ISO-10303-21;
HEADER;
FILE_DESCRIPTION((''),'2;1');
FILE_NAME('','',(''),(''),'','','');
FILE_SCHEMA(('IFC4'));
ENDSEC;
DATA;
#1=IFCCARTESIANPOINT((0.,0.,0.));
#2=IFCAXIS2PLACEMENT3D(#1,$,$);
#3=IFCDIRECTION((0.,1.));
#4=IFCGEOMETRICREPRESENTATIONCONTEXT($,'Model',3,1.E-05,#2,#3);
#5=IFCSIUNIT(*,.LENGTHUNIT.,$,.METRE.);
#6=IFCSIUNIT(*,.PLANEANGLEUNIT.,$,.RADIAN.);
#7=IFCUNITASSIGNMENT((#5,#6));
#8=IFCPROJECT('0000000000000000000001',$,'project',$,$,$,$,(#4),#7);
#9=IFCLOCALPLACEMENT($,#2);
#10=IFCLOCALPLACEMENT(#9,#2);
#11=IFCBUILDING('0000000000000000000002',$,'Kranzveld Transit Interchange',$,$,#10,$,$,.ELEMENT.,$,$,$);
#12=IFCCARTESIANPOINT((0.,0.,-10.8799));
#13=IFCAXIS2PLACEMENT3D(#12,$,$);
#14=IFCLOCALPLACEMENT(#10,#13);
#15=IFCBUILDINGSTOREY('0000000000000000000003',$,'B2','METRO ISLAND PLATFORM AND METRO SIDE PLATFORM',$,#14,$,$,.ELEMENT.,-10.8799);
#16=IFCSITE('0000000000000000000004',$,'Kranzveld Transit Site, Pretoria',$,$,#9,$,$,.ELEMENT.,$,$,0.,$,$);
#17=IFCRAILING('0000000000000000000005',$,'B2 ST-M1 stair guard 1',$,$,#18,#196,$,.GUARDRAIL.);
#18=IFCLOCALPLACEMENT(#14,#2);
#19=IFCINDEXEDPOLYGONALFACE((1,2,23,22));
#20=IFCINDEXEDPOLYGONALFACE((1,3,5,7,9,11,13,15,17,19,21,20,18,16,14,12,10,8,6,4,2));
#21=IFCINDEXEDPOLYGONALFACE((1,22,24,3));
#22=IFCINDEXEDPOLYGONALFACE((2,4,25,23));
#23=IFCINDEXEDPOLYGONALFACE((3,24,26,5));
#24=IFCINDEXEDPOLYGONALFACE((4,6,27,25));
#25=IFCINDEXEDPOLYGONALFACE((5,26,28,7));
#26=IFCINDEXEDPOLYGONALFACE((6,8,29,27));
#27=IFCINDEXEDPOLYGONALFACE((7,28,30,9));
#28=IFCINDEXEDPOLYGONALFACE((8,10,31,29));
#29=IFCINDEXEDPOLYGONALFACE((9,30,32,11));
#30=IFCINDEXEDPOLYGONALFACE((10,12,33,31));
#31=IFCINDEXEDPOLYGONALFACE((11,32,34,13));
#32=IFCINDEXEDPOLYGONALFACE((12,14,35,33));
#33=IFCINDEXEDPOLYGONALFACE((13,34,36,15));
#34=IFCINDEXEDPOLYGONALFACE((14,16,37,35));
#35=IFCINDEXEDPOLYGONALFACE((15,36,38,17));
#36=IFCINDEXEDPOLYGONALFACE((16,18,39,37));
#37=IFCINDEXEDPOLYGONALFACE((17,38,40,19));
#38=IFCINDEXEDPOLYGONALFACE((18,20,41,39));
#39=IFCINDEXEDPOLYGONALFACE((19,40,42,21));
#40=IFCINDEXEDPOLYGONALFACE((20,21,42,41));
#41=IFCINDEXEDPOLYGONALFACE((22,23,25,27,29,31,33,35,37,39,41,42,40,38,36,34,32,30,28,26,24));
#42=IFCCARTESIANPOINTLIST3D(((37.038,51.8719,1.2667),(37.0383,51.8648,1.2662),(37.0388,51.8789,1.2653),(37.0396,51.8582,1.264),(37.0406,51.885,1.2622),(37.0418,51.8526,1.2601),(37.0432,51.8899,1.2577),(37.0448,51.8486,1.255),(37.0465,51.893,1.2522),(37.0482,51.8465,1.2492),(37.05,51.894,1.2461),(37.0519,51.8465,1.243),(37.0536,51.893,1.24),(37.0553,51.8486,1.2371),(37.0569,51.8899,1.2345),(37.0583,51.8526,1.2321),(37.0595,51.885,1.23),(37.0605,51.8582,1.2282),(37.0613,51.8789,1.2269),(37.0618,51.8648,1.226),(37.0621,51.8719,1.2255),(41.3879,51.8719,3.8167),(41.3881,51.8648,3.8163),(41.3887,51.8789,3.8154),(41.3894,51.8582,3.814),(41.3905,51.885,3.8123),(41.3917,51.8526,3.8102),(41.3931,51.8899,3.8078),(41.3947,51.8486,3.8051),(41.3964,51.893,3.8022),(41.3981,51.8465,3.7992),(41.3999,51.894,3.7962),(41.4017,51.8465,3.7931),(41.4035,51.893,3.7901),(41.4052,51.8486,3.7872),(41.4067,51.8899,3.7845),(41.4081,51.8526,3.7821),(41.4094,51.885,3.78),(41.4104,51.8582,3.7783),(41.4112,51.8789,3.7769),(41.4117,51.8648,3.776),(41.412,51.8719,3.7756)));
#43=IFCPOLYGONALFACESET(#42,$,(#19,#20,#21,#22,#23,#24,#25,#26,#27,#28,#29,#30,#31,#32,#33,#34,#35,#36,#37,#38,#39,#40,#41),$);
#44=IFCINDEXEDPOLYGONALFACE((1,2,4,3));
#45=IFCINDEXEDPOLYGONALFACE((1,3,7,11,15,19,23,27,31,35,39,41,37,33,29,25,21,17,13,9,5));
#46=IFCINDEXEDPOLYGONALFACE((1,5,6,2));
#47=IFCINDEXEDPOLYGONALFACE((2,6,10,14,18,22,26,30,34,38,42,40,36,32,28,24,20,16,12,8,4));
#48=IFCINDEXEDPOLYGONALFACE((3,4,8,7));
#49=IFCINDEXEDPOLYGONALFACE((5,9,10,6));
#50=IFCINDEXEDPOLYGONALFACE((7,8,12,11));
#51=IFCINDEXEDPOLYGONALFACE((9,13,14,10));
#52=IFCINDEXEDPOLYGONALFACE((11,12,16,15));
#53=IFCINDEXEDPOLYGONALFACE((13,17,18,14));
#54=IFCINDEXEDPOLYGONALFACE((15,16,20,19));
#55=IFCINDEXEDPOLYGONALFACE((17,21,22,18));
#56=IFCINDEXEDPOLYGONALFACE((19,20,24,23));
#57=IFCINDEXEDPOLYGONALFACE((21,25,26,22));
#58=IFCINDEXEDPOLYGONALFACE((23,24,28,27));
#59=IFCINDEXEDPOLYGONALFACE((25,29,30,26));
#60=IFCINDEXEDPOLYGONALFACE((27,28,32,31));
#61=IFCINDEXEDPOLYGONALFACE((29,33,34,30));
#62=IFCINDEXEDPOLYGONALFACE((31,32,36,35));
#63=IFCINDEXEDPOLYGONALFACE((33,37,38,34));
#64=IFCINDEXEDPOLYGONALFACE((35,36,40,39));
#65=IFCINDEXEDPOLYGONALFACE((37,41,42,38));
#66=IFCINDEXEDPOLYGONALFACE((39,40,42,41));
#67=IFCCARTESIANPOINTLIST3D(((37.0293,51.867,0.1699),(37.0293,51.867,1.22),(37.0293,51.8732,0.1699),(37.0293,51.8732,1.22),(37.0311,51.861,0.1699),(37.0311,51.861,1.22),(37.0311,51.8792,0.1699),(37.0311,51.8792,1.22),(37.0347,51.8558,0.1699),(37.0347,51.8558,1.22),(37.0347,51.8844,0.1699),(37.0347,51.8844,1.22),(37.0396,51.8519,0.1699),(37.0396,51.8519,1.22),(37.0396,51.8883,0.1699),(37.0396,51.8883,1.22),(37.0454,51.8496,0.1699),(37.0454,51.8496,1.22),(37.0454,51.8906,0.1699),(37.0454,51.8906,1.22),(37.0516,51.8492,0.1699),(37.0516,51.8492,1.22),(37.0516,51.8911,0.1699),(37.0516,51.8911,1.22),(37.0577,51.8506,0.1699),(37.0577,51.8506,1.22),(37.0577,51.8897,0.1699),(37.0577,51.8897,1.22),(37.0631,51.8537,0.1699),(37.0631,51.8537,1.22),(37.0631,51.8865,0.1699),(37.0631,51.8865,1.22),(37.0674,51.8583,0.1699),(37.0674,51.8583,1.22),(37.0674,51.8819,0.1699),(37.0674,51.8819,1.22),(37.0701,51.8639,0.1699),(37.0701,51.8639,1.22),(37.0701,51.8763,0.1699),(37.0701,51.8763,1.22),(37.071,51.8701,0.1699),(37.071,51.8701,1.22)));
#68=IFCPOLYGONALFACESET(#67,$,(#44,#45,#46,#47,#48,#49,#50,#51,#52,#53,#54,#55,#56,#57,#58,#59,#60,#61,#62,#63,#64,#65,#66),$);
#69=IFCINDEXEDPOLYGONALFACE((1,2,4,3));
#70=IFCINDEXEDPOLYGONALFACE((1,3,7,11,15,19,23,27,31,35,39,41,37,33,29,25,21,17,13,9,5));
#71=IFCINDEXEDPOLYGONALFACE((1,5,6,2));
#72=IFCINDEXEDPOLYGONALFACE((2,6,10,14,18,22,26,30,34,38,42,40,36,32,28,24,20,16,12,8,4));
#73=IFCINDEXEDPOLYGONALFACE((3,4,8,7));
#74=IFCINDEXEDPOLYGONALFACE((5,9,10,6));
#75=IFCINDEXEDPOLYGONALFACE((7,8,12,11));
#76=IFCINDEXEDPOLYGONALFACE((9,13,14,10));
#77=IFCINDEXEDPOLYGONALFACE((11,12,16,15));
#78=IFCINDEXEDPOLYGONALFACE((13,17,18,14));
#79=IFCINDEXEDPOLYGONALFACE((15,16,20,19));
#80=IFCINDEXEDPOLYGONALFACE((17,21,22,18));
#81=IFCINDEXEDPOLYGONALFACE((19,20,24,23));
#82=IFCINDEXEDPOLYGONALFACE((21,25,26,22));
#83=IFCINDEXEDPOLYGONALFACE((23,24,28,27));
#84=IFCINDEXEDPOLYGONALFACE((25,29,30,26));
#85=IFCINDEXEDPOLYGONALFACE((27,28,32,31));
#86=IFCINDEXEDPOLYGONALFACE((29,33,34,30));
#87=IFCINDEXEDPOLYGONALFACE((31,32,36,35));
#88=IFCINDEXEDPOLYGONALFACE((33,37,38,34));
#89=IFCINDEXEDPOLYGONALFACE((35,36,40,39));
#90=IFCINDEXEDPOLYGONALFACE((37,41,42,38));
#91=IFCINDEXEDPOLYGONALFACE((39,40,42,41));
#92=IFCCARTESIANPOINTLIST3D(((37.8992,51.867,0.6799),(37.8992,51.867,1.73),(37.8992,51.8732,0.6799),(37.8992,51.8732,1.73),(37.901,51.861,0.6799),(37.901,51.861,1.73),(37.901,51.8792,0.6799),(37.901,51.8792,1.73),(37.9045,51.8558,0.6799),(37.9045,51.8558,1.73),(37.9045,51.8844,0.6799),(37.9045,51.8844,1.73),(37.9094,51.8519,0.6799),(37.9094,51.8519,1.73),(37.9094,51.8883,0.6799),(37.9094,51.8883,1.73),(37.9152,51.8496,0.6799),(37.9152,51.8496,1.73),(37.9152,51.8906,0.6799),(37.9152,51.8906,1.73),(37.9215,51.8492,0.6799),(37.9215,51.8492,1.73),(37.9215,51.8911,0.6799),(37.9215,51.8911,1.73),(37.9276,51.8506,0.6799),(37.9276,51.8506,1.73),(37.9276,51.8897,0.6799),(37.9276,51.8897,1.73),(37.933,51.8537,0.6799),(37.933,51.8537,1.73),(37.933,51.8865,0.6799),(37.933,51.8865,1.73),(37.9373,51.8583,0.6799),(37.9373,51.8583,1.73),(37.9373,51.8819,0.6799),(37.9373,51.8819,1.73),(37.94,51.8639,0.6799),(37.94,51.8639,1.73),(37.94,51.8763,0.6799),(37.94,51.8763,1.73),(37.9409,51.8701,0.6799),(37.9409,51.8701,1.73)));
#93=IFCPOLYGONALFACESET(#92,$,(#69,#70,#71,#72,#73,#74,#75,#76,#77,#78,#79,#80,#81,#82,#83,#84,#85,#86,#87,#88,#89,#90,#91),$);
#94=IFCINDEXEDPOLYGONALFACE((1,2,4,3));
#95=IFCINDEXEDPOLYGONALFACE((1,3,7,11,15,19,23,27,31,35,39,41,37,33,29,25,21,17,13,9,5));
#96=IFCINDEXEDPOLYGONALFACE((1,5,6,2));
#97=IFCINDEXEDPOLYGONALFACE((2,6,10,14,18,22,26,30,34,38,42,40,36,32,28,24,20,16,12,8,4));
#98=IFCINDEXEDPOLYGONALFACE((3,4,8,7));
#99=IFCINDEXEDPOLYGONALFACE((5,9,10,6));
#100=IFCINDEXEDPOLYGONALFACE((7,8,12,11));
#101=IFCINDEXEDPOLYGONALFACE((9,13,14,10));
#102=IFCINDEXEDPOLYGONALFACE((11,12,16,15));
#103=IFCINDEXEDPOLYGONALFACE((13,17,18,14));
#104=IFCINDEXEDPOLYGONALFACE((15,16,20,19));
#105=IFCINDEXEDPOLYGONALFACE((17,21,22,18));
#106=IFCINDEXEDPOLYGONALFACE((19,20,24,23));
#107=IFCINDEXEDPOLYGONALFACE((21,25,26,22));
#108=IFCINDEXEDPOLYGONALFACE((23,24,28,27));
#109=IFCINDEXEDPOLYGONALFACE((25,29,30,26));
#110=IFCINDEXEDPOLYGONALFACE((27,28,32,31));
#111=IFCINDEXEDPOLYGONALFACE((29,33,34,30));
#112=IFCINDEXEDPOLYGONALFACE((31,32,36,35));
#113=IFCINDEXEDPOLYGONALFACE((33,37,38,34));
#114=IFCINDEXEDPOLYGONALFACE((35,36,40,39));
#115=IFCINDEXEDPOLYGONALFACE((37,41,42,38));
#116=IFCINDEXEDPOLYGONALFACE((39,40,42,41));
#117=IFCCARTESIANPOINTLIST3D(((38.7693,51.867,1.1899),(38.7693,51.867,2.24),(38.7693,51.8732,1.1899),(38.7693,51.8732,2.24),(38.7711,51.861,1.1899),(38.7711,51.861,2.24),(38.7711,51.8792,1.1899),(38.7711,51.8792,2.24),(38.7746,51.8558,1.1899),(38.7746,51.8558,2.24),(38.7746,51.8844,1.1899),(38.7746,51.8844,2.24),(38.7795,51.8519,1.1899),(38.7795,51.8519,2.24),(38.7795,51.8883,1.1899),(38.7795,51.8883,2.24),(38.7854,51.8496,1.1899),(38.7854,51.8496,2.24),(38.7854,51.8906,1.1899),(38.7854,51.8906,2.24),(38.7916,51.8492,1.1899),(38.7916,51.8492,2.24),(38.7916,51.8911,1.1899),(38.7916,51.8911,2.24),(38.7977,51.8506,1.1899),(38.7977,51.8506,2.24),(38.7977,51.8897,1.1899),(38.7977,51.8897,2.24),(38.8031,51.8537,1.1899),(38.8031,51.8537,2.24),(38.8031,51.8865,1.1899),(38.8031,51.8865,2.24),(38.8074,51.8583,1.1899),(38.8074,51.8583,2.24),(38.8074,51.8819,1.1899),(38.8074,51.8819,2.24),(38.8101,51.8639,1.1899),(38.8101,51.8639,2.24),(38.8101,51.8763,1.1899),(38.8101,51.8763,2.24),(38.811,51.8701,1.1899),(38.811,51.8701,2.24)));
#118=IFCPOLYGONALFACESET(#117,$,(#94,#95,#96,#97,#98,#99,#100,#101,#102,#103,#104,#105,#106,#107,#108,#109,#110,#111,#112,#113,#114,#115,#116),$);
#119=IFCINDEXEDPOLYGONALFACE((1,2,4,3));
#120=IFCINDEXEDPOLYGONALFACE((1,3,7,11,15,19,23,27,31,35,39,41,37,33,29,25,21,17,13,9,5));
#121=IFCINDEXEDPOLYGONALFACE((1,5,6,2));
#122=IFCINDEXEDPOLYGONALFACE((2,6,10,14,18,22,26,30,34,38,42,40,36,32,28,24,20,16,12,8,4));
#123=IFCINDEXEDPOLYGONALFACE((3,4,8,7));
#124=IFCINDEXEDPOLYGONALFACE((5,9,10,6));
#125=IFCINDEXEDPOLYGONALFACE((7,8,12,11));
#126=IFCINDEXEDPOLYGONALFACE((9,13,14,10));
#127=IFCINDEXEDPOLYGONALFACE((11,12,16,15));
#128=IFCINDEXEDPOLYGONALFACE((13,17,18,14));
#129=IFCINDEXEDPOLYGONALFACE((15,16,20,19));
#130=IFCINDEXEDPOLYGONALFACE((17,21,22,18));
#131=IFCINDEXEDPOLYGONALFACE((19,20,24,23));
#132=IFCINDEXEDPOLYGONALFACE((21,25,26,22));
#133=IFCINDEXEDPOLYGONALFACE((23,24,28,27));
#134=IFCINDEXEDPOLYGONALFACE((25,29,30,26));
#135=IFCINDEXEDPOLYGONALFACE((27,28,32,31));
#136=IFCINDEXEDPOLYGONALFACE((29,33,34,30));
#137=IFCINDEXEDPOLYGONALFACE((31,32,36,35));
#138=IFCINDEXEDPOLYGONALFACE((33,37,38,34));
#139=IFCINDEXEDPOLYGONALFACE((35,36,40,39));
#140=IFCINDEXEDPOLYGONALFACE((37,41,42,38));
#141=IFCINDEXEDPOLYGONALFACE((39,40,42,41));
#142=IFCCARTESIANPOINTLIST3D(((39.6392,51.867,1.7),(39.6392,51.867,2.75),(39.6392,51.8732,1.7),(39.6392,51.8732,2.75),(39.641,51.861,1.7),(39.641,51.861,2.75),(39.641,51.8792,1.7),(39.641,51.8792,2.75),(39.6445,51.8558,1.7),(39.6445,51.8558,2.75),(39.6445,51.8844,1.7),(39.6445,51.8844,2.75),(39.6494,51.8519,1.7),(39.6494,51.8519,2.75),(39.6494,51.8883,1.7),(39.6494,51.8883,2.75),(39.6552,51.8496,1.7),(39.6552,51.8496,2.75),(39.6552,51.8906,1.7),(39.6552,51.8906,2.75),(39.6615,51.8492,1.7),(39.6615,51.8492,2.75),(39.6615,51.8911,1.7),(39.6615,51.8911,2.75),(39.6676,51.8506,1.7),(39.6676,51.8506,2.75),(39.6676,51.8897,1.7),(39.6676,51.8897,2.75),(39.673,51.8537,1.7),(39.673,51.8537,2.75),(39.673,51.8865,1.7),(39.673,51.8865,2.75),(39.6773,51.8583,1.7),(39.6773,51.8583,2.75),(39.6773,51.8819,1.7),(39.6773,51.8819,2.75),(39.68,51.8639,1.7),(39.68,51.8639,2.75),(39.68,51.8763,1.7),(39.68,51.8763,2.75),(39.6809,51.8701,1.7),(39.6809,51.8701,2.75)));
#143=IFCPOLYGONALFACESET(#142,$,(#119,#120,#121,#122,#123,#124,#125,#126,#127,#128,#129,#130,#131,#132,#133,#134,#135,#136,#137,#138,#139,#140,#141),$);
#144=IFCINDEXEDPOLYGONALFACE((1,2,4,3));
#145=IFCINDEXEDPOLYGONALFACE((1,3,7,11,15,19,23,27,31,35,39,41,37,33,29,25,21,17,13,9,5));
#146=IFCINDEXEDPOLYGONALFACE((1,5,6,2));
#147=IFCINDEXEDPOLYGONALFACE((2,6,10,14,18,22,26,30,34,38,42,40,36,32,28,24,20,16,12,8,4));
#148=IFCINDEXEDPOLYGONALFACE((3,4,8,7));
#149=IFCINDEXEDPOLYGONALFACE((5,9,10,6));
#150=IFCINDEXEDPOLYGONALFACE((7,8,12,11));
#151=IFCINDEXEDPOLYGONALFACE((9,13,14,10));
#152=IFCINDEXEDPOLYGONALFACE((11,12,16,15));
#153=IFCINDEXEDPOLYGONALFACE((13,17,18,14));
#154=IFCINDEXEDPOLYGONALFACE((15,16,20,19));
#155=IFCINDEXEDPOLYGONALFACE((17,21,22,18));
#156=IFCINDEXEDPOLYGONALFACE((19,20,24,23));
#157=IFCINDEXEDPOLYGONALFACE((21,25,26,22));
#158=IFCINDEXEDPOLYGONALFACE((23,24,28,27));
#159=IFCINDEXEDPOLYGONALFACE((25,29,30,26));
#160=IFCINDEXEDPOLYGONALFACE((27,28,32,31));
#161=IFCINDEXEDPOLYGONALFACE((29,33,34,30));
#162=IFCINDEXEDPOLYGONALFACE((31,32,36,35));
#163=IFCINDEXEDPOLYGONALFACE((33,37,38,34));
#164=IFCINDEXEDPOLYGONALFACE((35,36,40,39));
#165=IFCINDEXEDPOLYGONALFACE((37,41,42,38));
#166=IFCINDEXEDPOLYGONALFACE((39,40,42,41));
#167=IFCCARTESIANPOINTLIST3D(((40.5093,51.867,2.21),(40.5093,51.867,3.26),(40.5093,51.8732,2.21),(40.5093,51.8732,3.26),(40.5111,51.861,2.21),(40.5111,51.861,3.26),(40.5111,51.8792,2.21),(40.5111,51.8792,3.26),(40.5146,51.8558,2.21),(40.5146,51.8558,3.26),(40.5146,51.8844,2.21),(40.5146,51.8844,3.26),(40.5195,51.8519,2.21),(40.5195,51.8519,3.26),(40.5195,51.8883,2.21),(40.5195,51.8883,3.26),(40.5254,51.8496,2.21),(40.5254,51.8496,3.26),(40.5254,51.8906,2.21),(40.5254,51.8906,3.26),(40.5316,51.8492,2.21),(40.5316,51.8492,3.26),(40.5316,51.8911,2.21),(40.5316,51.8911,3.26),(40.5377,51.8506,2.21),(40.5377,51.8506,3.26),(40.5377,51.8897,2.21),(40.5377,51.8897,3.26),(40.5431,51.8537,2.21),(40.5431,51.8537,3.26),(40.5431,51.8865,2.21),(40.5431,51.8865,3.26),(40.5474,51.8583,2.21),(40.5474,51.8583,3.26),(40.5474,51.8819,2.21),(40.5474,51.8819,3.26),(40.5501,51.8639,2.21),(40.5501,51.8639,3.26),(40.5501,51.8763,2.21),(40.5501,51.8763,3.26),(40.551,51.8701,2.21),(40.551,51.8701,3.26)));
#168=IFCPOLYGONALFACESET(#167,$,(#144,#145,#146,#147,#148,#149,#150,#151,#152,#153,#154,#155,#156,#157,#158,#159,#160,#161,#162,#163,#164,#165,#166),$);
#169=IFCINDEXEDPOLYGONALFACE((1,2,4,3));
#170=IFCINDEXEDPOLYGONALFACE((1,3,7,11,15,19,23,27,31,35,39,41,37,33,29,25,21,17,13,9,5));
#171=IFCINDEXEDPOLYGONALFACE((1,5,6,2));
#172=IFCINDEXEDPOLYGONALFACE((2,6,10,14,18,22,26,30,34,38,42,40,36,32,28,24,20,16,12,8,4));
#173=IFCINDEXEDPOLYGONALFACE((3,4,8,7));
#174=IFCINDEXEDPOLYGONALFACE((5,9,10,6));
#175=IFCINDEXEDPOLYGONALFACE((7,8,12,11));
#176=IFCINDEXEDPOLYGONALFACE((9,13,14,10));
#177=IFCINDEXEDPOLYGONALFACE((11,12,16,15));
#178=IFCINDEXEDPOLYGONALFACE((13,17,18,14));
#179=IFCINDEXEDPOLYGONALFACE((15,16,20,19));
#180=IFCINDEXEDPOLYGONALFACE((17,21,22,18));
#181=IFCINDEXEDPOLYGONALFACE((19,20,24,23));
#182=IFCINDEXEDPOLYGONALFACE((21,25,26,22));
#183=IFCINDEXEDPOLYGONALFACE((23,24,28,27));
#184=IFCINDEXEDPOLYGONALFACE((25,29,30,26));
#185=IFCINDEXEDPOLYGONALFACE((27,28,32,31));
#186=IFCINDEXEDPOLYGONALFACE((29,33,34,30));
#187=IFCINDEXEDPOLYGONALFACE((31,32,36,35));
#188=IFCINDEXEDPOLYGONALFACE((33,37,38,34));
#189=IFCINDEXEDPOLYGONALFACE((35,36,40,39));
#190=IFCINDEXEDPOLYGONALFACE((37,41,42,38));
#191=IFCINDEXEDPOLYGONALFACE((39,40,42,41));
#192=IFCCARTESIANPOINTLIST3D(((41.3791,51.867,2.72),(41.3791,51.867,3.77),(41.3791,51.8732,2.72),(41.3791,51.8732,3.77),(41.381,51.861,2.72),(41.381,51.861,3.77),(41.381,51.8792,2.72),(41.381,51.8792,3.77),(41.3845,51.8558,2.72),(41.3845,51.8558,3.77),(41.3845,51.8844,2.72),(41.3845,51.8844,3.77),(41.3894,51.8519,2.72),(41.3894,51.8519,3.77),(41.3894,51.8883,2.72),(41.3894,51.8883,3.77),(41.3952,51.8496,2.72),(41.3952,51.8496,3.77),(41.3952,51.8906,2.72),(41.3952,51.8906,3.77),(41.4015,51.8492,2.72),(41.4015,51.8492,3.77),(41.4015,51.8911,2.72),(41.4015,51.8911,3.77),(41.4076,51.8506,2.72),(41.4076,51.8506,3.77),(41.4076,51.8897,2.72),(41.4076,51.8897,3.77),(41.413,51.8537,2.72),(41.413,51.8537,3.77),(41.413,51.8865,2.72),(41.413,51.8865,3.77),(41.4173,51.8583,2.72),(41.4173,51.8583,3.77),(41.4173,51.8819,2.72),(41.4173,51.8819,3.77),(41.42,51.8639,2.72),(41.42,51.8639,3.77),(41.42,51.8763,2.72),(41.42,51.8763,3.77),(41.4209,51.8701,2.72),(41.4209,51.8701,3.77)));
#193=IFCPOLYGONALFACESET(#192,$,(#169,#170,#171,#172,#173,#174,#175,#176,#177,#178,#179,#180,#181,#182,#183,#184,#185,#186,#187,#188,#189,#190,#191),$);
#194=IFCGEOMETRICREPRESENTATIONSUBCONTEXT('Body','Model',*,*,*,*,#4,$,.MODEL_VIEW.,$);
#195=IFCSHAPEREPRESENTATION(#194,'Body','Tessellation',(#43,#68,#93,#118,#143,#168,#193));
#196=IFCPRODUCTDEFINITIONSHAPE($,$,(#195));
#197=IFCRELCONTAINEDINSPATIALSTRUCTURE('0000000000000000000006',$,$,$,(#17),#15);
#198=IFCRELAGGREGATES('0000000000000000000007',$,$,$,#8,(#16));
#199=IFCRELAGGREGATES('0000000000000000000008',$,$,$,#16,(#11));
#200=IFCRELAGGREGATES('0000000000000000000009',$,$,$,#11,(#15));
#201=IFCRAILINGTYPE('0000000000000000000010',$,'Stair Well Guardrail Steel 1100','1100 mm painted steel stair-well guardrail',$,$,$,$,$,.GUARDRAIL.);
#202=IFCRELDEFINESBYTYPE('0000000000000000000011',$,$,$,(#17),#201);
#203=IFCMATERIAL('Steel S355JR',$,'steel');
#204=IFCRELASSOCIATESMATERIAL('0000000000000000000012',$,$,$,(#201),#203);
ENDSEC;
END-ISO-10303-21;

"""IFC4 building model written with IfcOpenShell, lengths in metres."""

from ifc_helpers import new_model, si_unit, direction, frame, origin, origin_2d, place, context, subcontext, project, spatial, circle, extrude, material, type_object, element, save


model = new_model("IFC4")

# Units and contexts
model_context = context("Model", 3, precision=1e-05, world=origin(), true_north=direction((0.0, 1.0)))
body_context = subcontext(model_context, "Body", "Model", "MODEL_VIEW")
ifc_project = project(units=[si_unit("LENGTHUNIT", "METRE"), si_unit("PLANEANGLEUNIT", "RADIAN")], contexts=[model_context])

# Site, building, storey
site_placement = place(None, origin())
site = spatial("IfcSite", under=ifc_project, at=site_placement, Name="Kranzveld Transit Site, Pretoria", CompositionType="ELEMENT", RefElevation=0.0)
building_placement = place(site_placement, origin())
building = spatial("IfcBuilding", under=site, at=building_placement, Name="Kranzveld Transit Interchange", CompositionType="ELEMENT")
storey_placement = place(building_placement, frame((0.0, 0.0, -10.8799)))
storey = spatial("IfcBuildingStorey", under=building, at=storey_placement, Name="B2", Description="METRO ISLAND PLATFORM AND METRO SIDE PLATFORM", CompositionType="ELEMENT", Elevation=-10.8799)

# Railing
ifc_material_1 = material(Name="Steel S355JR", Category="steel")
railing_type_1 = type_object("IfcRailingType", Name="Stair Well Guardrail Steel 1100", Description="1100 mm painted steel stair-well guardrail", PredefinedType="GUARDRAIL", material=ifc_material_1)
railing_1_placement = place(storey_placement, frame((37.05, 51.8701, 0.1699)))
element("IfcRailing", 1, at=railing_1_placement, inside=storey, type_object=railing_type_1, Name="B2 ST-M1 stair guard 1", PredefinedType="GUARDRAIL", context=body_context, shape_type="SweptSolid", body=[
    extrude(circle(Radius=0.0239, at=origin_2d()), frame((0.0, 0.0, 1.0762), z_axis=(0.862686, 0.0, 0.505739), x_axis=(0.0, 1.0, 0.0)), (0.0, 0.0, 1.0), 5.0422),
    extrude(circle(Radius=0.021, at=origin_2d()), origin(), (0.0, 0.0, 1.0), 1.05),
    extrude(circle(Radius=0.021, at=origin_2d()), frame((0.8699, 0.0, 0.51)), (0.0, 0.0, 1.0), 1.05),
    extrude(circle(Radius=0.021, at=origin_2d()), frame((1.74, 0.0, 1.02)), (0.0, 0.0, 1.0), 1.05),
    extrude(circle(Radius=0.021, at=origin_2d()), frame((2.6099, 0.0, 1.53)), (0.0, 0.0, 1.0), 1.05),
    extrude(circle(Radius=0.021, at=origin_2d()), frame((3.48, 0.0, 2.04)), (0.0, 0.0, 1.0), 1.05),
    extrude(circle(Radius=0.021, at=origin_2d()), frame((4.3499, 0.0, 2.55)), (0.0, 0.0, 1.0), 1.05),
])

save(model, "model.ifc")
